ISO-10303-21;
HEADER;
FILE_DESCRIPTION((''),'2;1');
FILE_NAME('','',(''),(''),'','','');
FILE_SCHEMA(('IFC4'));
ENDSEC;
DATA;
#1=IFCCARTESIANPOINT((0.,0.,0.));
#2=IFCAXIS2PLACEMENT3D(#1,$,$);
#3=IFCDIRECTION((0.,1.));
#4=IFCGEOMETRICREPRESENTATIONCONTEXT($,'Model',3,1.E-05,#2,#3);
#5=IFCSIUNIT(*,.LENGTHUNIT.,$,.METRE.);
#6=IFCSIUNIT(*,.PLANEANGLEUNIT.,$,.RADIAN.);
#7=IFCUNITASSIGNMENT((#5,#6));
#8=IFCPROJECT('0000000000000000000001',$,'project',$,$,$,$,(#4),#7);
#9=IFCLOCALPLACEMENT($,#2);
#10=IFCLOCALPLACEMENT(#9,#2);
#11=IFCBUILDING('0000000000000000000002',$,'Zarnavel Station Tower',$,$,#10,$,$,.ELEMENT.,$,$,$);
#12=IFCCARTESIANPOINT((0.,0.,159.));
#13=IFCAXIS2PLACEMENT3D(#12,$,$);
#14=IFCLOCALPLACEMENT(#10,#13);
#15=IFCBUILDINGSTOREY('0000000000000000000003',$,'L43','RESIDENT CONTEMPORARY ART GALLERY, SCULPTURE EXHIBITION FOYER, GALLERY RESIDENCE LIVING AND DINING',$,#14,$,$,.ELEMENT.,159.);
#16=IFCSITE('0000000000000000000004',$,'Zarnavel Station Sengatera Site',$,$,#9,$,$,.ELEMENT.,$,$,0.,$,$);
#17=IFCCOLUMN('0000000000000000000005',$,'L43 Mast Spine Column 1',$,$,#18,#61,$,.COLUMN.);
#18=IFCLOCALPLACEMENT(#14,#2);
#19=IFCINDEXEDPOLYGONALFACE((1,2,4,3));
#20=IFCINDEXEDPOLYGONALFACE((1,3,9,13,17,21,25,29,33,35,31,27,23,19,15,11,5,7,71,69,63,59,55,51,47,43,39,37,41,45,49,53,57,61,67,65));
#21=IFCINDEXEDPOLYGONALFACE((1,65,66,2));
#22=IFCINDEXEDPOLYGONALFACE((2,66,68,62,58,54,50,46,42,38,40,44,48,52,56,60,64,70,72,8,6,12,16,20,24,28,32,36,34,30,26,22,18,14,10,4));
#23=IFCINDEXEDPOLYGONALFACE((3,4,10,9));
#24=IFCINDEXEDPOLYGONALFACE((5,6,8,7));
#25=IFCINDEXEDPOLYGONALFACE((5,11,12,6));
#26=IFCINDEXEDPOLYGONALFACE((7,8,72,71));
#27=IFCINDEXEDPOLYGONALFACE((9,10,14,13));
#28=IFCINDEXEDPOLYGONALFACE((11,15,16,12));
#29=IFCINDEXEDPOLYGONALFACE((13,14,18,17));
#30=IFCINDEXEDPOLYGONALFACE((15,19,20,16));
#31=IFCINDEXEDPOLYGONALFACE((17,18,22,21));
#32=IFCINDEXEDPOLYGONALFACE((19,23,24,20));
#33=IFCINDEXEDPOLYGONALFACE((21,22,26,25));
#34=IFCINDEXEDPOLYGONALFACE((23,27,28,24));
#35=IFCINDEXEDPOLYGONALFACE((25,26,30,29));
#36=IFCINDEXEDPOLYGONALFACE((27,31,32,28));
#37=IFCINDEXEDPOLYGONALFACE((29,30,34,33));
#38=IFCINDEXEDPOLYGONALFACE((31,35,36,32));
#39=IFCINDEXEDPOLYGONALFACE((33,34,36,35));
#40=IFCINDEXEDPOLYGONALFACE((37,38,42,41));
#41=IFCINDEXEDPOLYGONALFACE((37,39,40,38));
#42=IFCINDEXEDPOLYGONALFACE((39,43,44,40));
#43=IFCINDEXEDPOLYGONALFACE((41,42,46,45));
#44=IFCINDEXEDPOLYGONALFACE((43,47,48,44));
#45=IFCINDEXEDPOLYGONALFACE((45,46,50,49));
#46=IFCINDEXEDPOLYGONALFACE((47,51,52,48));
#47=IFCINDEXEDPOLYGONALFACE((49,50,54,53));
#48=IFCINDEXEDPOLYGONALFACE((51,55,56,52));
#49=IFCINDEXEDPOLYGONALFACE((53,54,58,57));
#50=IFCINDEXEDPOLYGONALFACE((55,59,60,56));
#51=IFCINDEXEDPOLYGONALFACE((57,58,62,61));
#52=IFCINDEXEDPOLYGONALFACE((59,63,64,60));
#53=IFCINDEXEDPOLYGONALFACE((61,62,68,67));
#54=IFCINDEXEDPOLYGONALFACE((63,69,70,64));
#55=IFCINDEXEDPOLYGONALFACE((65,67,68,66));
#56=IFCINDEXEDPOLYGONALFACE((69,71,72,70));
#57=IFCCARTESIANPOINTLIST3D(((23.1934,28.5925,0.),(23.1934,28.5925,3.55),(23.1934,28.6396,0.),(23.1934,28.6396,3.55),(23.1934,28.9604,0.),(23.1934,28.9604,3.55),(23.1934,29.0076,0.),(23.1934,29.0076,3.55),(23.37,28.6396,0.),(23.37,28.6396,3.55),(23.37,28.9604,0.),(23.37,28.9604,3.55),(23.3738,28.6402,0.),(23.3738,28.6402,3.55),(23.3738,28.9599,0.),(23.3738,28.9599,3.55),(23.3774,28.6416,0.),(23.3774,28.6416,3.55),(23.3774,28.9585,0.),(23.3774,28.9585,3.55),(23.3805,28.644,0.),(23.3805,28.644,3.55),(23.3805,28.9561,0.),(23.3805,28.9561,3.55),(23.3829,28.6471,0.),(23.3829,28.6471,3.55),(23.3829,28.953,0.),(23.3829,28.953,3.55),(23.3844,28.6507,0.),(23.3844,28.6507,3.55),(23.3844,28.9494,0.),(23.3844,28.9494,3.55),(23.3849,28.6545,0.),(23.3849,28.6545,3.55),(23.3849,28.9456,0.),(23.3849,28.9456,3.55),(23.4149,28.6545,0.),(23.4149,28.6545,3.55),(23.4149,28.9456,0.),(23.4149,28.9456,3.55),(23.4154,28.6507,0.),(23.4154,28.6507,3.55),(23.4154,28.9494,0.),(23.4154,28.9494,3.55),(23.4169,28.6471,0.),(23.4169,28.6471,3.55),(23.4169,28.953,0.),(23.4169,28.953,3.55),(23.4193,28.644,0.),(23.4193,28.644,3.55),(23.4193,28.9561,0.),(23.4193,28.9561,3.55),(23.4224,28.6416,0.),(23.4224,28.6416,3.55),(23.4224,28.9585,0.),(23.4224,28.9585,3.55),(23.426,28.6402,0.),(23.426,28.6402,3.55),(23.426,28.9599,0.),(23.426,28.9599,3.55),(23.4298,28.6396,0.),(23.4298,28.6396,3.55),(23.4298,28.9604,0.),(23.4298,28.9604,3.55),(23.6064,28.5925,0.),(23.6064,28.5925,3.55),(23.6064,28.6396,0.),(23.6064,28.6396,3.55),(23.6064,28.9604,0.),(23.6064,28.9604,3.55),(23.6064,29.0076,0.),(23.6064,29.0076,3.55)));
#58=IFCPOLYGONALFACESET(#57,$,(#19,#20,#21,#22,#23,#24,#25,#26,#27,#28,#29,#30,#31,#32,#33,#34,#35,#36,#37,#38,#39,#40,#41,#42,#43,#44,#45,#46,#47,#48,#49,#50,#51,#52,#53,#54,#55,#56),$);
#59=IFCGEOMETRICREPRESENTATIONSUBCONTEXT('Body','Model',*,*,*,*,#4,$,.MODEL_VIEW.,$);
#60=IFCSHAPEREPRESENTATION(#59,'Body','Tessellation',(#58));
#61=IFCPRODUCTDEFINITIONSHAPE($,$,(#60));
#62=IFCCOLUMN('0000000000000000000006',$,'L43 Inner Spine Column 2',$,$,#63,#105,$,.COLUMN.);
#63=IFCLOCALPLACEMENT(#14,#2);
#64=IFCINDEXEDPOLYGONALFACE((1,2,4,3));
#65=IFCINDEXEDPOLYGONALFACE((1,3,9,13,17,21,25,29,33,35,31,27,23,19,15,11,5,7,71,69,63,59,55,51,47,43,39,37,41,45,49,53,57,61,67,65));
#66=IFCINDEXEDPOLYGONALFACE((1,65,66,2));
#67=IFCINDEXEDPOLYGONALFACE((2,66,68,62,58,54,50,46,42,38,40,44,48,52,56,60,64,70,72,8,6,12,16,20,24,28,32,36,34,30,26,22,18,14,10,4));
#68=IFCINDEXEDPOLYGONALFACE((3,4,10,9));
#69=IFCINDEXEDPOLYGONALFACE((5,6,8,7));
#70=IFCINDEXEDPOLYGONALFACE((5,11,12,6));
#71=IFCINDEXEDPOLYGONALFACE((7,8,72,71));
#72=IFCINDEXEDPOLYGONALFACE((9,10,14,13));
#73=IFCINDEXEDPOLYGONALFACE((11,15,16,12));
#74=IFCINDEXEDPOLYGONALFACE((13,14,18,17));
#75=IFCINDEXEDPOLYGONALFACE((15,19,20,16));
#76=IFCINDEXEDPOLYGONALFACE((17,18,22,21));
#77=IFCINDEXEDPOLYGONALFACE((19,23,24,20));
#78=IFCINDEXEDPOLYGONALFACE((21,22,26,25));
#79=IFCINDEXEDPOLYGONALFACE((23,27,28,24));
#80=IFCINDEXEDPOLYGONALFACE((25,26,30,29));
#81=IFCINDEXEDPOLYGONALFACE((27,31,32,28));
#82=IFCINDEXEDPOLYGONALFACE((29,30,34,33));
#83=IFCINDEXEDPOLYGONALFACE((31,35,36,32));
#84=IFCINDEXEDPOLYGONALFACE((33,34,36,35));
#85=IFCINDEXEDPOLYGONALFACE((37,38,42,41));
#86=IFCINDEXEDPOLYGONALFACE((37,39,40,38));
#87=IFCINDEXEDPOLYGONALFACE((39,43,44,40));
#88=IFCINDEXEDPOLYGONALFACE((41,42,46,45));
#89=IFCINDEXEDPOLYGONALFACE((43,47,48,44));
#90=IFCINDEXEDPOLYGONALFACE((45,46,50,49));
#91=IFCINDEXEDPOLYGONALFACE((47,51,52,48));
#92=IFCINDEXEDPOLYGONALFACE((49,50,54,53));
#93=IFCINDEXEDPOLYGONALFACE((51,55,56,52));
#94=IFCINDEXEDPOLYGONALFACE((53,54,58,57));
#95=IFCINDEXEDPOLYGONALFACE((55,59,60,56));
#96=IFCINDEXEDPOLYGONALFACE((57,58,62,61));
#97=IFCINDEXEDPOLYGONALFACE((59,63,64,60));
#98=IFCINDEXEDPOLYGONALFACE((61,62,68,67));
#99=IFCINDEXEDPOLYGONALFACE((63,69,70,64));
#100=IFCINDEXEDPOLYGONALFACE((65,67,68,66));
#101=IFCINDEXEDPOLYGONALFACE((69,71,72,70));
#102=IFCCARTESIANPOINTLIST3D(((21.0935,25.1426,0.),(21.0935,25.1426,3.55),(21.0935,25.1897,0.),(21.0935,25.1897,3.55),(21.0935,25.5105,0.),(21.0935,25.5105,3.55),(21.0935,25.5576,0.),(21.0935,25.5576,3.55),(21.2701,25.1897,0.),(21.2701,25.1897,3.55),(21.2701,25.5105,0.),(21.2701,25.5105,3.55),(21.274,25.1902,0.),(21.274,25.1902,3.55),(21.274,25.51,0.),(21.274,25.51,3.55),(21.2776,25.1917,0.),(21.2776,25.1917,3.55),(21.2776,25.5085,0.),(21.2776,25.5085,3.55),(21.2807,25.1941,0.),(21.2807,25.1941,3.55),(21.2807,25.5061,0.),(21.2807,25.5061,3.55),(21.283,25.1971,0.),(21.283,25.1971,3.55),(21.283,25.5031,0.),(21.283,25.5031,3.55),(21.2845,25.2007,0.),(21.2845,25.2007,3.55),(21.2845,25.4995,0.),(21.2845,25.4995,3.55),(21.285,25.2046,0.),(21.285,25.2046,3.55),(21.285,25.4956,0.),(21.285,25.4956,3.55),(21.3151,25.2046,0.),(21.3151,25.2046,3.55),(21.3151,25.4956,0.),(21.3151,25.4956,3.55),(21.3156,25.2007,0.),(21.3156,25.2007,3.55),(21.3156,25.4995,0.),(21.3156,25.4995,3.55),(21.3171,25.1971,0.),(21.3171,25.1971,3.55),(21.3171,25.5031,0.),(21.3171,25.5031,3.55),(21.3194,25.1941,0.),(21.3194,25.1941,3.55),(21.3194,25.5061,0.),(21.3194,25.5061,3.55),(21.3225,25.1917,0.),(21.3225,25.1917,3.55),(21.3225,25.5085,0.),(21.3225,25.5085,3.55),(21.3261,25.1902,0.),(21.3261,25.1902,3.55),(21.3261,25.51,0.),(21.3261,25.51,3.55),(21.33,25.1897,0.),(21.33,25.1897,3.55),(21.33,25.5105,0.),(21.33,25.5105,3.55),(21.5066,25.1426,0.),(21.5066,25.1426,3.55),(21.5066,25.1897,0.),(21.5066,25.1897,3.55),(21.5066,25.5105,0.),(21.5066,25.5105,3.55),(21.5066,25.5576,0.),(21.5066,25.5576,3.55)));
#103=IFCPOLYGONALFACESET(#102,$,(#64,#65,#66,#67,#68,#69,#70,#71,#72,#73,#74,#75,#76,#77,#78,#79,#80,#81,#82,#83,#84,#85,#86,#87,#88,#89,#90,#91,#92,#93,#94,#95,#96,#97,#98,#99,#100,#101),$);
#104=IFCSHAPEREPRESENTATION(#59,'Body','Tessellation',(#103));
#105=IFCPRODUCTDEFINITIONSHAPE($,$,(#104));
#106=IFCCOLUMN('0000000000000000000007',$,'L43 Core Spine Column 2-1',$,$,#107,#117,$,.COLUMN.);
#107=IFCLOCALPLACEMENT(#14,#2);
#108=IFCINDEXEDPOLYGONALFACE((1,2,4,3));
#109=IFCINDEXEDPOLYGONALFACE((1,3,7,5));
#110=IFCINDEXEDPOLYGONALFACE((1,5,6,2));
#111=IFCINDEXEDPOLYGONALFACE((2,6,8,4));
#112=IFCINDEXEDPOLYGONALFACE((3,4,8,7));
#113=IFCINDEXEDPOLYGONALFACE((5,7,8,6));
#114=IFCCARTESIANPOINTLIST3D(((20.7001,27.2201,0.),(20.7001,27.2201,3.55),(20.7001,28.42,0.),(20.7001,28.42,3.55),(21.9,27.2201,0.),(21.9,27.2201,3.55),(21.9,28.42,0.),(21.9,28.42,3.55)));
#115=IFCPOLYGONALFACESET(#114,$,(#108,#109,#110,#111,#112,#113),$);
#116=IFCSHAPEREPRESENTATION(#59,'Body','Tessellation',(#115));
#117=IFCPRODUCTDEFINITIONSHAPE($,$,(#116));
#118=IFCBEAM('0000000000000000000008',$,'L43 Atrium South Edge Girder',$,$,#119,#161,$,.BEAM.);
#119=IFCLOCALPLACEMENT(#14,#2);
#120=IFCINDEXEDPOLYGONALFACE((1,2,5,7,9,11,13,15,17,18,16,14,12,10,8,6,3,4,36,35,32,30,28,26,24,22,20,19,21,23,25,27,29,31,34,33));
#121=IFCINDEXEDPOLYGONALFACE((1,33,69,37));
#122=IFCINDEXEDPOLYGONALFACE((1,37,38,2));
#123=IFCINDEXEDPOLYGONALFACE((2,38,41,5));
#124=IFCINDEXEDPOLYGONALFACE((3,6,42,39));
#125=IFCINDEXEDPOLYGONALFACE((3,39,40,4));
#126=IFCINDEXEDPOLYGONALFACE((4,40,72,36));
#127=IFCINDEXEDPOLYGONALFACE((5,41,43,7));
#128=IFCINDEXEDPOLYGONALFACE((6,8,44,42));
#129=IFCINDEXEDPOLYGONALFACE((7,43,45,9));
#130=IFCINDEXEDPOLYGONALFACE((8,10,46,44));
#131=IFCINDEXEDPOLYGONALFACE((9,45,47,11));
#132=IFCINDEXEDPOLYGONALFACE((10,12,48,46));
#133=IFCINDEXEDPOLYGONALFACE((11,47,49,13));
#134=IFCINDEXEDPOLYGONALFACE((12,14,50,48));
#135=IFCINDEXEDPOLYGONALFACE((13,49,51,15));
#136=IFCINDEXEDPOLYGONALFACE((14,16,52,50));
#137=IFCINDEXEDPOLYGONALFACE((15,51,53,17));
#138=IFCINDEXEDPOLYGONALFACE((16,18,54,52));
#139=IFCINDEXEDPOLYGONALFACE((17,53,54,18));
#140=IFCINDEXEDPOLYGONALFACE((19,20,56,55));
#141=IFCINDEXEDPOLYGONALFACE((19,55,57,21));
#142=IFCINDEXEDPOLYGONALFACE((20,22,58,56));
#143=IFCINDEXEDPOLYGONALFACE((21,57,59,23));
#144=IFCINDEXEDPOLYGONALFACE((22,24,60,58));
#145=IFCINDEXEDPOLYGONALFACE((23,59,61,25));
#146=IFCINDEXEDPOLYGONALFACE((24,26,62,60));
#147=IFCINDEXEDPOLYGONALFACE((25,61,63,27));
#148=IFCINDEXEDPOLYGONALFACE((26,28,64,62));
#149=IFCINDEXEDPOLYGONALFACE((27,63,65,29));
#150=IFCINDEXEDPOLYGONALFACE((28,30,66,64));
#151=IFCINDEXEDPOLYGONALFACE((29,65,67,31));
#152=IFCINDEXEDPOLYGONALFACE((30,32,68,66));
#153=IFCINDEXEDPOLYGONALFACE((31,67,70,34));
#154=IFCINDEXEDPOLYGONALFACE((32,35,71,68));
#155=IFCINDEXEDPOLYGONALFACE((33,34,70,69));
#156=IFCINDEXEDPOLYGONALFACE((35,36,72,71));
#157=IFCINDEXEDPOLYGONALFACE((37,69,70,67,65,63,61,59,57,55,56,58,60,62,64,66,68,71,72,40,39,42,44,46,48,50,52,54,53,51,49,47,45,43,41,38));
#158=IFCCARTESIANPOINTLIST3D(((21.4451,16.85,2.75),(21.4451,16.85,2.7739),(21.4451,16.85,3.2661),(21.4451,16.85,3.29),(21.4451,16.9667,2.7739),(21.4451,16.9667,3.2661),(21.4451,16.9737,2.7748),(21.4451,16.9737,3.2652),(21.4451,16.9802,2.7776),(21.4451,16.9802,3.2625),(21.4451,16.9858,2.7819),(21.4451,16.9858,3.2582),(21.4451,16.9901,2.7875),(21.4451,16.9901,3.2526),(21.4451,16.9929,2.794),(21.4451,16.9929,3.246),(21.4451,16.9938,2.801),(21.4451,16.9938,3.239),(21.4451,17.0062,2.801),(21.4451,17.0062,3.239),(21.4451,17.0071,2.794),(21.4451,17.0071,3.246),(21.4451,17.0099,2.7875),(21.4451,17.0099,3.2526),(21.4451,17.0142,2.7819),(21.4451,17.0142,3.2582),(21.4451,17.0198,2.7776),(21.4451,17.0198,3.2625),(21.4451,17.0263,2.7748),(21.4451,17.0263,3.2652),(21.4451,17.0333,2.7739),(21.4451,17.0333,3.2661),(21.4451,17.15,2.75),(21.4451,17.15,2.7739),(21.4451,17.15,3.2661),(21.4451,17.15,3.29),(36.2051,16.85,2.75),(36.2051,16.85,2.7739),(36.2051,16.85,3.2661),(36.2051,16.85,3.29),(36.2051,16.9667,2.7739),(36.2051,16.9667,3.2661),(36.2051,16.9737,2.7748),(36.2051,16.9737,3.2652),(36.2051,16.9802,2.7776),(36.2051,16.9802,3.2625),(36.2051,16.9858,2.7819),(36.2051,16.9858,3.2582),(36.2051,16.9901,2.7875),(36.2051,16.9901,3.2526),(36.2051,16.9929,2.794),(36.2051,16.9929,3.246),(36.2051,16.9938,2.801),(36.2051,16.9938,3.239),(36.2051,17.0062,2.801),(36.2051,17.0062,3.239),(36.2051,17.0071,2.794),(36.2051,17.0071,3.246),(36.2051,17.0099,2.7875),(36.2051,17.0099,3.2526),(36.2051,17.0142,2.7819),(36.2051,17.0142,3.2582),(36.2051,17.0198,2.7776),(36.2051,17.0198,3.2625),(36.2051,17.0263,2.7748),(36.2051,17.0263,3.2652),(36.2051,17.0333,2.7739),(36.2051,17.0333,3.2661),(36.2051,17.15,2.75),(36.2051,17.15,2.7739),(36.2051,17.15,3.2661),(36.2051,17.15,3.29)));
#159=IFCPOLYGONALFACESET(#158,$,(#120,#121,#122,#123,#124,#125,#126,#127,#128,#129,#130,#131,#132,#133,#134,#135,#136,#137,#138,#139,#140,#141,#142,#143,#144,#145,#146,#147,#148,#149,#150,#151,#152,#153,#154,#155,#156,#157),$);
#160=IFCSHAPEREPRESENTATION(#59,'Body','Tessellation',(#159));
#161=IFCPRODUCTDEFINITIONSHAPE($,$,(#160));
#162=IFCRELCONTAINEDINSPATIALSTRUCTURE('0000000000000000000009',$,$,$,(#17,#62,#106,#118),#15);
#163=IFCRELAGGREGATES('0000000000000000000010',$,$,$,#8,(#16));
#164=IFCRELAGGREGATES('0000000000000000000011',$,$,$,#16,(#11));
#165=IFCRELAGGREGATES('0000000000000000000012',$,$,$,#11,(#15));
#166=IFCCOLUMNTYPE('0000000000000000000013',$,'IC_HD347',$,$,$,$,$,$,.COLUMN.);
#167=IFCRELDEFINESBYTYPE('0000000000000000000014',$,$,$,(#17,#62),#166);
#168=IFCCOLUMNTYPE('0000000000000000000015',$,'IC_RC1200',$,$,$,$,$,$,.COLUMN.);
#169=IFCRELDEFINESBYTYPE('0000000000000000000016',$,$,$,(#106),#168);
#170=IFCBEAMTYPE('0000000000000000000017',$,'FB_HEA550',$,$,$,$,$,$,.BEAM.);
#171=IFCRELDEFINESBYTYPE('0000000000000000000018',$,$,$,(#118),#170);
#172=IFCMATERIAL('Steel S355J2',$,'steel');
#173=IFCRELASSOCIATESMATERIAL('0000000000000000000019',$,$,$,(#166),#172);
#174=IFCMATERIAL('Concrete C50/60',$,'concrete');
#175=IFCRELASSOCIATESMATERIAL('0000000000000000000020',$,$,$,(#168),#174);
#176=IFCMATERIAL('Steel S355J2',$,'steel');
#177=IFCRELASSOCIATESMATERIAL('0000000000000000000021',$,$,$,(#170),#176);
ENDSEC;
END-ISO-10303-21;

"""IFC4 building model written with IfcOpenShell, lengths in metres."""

from ifc_helpers import new_model, si_unit, direction, frame, origin, origin_2d, place, context, subcontext, project, spatial, rectangle, i_section, extrude, material, material_profile, profile_set, type_object, element, save


model = new_model("IFC4")

# Units and contexts
model_context = context("Model", 3, precision=1e-05, world=origin(), true_north=direction((0.0, 1.0)))
body_context = subcontext(model_context, "Body", "Model", "MODEL_VIEW")
ifc_project = project(units=[si_unit("LENGTHUNIT", "METRE"), si_unit("PLANEANGLEUNIT", "RADIAN")], contexts=[model_context])

# Site, building, storey
site_placement = place(None, origin())
site = spatial("IfcSite", under=ifc_project, at=site_placement, Name="Zarnavel Station Sengatera Site", CompositionType="ELEMENT", RefElevation=0.0)
building_placement = place(site_placement, origin())
building = spatial("IfcBuilding", under=site, at=building_placement, Name="Zarnavel Station Tower", CompositionType="ELEMENT")
storey_placement = place(building_placement, frame((0.0, 0.0, 159.0)))
storey = spatial("IfcBuildingStorey", under=building, at=storey_placement, Name="L43", Description="RESIDENT CONTEMPORARY ART GALLERY, SCULPTURE EXHIBITION FOYER, GALLERY RESIDENCE LIVING AND DINING", CompositionType="ELEMENT", Elevation=159.0)

# Columns
ifc_material_1 = material(Name="Steel S355J2", Category="steel")
ifc_material_profile_1 = material_profile(ifc_material_1, i_section(OverallWidth=0.4131, OverallDepth=0.415, WebThickness=0.03, FlangeThickness=0.0471, FilletRadius=0.0149, at=origin_2d()), Name="HD400x347")
ifc_profile_set_1 = profile_set([ifc_material_profile_1], Name="Steel S355J2")
column_type_1 = type_object("IfcColumnType", Name="IC_HD347", PredefinedType="COLUMN", material=ifc_profile_set_1)
for number, where, z_axis, x_axis, name in (
    (1, (23.3999, 28.8, 0.0), (0.0, 0.0, 1.0), (1.0, 0.0, 0.0), "L43 Mast Spine Column 1"),
    (2, (21.3, 25.3501, 0.0), (0.0, 0.0, 1.0), (1.0, 0.0, 0.0), "L43 Inner Spine Column 2"),
):
    element("IfcColumn", number, at=place(storey_placement, frame(where, z_axis=z_axis, x_axis=x_axis)), inside=storey, type_object=column_type_1, Name=name, PredefinedType="COLUMN", context=body_context, shape_type="SweptSolid", body=[
        extrude(i_section(OverallWidth=0.4131, OverallDepth=0.415, WebThickness=0.03, FlangeThickness=0.0471, FilletRadius=0.0149, at=origin_2d()), origin(), (0.0, 0.0, 1.0), 3.55),
    ])
ifc_material_2 = material(Name="Concrete C50/60", Category="concrete")
ifc_material_profile_2 = material_profile(ifc_material_2, rectangle(XDim=1.2, YDim=1.2, at=origin_2d()), Name="RC1200x1200")
ifc_profile_set_2 = profile_set([ifc_material_profile_2], Name="Concrete C50/60")
column_type_2 = type_object("IfcColumnType", Name="IC_RC1200", PredefinedType="COLUMN", material=ifc_profile_set_2)
column_placement = place(storey_placement, frame((21.3, 27.8201, 0.0), z_axis=(0.0, 0.0, 1.0), x_axis=(1.0, 0.0, 0.0)))
element("IfcColumn", 3, at=column_placement, inside=storey, type_object=column_type_2, Name="L43 Core Spine Column 2-1", PredefinedType="COLUMN", context=body_context, shape_type="SweptSolid", body=[
    extrude(rectangle(XDim=1.2, YDim=1.2, at=origin_2d()), origin(), (0.0, 0.0, 1.0), 3.55),
])

# Beam
ifc_material_3 = material(Name="Steel S355J2", Category="steel")
ifc_material_profile_3 = material_profile(ifc_material_3, i_section(OverallWidth=0.3, OverallDepth=0.54, WebThickness=0.0125, FlangeThickness=0.0239, FilletRadius=0.0271, at=origin_2d()), Name="HEA550")
ifc_profile_set_3 = profile_set([ifc_material_profile_3], Name="Steel S355J2")
beam_type_1 = type_object("IfcBeamType", Name="FB_HEA550", PredefinedType="BEAM", material=ifc_profile_set_3)
beam_1_placement = place(storey_placement, frame((21.4451, 17.0, 3.02), z_axis=(1.0, 0.0, 0.0), x_axis=(0.0, 1.0, 0.0)))
element("IfcBeam", 4, at=beam_1_placement, inside=storey, type_object=beam_type_1, Name="L43 Atrium South Edge Girder", PredefinedType="BEAM", context=body_context, shape_type="SweptSolid", body=[
    extrude(i_section(OverallWidth=0.3, OverallDepth=0.54, WebThickness=0.0125, FlangeThickness=0.0239, FilletRadius=0.0271, at=origin_2d()), origin(), (0.0, 0.0, 1.0), 14.76),
])

save(model, "model.ifc")
